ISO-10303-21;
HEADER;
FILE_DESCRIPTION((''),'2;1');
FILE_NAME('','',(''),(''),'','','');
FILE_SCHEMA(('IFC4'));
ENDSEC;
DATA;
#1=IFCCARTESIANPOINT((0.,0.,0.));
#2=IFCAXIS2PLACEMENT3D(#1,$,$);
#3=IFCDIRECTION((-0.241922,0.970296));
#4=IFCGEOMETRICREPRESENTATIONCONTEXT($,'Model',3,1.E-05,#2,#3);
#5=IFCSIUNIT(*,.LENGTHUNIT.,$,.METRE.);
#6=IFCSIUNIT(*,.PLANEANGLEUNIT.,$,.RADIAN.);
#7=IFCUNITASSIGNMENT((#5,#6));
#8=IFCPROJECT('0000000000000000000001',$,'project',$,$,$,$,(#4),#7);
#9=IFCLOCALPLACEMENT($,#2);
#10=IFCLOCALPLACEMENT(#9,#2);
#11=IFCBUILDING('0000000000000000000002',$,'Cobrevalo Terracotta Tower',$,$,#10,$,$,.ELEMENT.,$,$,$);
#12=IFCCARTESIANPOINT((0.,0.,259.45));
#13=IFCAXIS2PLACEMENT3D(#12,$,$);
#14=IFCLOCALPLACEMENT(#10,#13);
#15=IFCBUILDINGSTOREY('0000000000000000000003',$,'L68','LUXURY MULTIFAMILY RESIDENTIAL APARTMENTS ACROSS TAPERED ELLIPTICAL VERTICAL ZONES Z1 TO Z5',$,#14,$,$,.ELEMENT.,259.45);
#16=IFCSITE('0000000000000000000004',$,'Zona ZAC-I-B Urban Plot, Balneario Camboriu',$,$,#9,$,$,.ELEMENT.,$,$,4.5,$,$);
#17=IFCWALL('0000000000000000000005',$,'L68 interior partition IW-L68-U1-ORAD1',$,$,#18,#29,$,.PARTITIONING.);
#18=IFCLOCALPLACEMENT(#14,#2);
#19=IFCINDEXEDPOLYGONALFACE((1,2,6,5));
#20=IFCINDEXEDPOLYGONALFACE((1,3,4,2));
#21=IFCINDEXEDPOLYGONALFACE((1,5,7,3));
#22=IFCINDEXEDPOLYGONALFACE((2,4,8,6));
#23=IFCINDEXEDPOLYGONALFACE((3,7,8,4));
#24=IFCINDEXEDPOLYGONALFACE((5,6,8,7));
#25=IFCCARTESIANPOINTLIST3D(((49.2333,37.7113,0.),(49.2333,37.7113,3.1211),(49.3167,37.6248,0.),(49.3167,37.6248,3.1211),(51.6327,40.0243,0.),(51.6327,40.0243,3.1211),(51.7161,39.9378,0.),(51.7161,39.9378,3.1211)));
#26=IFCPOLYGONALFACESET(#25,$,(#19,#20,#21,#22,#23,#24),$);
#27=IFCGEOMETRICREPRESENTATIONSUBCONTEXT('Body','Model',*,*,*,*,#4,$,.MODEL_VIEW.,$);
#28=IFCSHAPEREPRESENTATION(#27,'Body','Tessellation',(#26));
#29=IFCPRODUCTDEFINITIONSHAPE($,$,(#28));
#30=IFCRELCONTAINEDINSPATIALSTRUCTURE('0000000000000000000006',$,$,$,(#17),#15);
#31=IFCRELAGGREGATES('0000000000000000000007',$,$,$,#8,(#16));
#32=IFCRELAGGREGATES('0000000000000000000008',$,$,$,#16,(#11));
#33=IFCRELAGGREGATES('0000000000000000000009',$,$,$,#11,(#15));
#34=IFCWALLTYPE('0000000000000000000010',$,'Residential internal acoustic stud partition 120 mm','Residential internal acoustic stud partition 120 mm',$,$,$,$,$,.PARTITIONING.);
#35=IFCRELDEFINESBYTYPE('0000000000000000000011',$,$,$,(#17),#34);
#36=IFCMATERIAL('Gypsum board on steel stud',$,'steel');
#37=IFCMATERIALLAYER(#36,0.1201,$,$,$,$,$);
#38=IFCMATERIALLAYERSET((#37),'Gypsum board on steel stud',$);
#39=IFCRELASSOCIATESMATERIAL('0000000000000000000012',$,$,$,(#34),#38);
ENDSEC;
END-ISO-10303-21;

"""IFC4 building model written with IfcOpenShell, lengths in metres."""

from ifc_helpers import new_model, si_unit, direction, frame, frame_2d, origin, place, context, subcontext, project, spatial, rectangle, extrude, material, layer, layer_set, type_object, element, save


model = new_model("IFC4")

# Units and contexts
model_context = context("Model", 3, precision=1e-05, world=origin(), true_north=direction((-0.241922, 0.970296)))
body_context = subcontext(model_context, "Body", "Model", "MODEL_VIEW")
ifc_project = project(units=[si_unit("LENGTHUNIT", "METRE"), si_unit("PLANEANGLEUNIT", "RADIAN")], contexts=[model_context])

# Site, building, storey
site_placement = place(None, origin())
site = spatial("IfcSite", under=ifc_project, at=site_placement, Name="Zona ZAC-I-B Urban Plot, Balneario Camboriu", CompositionType="ELEMENT", RefElevation=4.5)
building_placement = place(site_placement, origin())
building = spatial("IfcBuilding", under=site, at=building_placement, Name="Cobrevalo Terracotta Tower", CompositionType="ELEMENT")
storey_placement = place(building_placement, frame((0.0, 0.0, 259.45)))
storey = spatial("IfcBuildingStorey", under=building, at=storey_placement, Name="L68", Description="LUXURY MULTIFAMILY RESIDENTIAL APARTMENTS ACROSS TAPERED ELLIPTICAL VERTICAL ZONES Z1 TO Z5", CompositionType="ELEMENT", Elevation=259.45)

# Shared definitions
ifc_material_1 = material(Name="Gypsum board on steel stud", Category="steel")
ifc_layer_1 = layer(ifc_material_1, 0.1201)
ifc_layer_set_1 = layer_set([ifc_layer_1], Name="Gypsum board on steel stud")
wall_type = type_object("IfcWallType", Name="Residential internal acoustic stud partition 120 mm", Description="Residential internal acoustic stud partition 120 mm", PredefinedType="PARTITIONING", material=ifc_layer_set_1)

# Wall
wall_1_placement = place(storey_placement, frame((49.2749, 37.668, 0.0), z_axis=(0.0, 0.0, 1.0), x_axis=(0.719954, 0.694022, 0.0)))
element("IfcWall", 1, at=wall_1_placement, inside=storey, type_object=wall_type, Name="L68 interior partition IW-L68-U1-ORAD1", PredefinedType="PARTITIONING", context=body_context, shape_type="SweptSolid", body=[
    extrude(rectangle(XDim=3.3328, YDim=0.1201, at=frame_2d((1.6665, 0.0))), origin(), (0.0, 0.0, 1.0), 3.1211),
])

save(model, "model.ifc")
